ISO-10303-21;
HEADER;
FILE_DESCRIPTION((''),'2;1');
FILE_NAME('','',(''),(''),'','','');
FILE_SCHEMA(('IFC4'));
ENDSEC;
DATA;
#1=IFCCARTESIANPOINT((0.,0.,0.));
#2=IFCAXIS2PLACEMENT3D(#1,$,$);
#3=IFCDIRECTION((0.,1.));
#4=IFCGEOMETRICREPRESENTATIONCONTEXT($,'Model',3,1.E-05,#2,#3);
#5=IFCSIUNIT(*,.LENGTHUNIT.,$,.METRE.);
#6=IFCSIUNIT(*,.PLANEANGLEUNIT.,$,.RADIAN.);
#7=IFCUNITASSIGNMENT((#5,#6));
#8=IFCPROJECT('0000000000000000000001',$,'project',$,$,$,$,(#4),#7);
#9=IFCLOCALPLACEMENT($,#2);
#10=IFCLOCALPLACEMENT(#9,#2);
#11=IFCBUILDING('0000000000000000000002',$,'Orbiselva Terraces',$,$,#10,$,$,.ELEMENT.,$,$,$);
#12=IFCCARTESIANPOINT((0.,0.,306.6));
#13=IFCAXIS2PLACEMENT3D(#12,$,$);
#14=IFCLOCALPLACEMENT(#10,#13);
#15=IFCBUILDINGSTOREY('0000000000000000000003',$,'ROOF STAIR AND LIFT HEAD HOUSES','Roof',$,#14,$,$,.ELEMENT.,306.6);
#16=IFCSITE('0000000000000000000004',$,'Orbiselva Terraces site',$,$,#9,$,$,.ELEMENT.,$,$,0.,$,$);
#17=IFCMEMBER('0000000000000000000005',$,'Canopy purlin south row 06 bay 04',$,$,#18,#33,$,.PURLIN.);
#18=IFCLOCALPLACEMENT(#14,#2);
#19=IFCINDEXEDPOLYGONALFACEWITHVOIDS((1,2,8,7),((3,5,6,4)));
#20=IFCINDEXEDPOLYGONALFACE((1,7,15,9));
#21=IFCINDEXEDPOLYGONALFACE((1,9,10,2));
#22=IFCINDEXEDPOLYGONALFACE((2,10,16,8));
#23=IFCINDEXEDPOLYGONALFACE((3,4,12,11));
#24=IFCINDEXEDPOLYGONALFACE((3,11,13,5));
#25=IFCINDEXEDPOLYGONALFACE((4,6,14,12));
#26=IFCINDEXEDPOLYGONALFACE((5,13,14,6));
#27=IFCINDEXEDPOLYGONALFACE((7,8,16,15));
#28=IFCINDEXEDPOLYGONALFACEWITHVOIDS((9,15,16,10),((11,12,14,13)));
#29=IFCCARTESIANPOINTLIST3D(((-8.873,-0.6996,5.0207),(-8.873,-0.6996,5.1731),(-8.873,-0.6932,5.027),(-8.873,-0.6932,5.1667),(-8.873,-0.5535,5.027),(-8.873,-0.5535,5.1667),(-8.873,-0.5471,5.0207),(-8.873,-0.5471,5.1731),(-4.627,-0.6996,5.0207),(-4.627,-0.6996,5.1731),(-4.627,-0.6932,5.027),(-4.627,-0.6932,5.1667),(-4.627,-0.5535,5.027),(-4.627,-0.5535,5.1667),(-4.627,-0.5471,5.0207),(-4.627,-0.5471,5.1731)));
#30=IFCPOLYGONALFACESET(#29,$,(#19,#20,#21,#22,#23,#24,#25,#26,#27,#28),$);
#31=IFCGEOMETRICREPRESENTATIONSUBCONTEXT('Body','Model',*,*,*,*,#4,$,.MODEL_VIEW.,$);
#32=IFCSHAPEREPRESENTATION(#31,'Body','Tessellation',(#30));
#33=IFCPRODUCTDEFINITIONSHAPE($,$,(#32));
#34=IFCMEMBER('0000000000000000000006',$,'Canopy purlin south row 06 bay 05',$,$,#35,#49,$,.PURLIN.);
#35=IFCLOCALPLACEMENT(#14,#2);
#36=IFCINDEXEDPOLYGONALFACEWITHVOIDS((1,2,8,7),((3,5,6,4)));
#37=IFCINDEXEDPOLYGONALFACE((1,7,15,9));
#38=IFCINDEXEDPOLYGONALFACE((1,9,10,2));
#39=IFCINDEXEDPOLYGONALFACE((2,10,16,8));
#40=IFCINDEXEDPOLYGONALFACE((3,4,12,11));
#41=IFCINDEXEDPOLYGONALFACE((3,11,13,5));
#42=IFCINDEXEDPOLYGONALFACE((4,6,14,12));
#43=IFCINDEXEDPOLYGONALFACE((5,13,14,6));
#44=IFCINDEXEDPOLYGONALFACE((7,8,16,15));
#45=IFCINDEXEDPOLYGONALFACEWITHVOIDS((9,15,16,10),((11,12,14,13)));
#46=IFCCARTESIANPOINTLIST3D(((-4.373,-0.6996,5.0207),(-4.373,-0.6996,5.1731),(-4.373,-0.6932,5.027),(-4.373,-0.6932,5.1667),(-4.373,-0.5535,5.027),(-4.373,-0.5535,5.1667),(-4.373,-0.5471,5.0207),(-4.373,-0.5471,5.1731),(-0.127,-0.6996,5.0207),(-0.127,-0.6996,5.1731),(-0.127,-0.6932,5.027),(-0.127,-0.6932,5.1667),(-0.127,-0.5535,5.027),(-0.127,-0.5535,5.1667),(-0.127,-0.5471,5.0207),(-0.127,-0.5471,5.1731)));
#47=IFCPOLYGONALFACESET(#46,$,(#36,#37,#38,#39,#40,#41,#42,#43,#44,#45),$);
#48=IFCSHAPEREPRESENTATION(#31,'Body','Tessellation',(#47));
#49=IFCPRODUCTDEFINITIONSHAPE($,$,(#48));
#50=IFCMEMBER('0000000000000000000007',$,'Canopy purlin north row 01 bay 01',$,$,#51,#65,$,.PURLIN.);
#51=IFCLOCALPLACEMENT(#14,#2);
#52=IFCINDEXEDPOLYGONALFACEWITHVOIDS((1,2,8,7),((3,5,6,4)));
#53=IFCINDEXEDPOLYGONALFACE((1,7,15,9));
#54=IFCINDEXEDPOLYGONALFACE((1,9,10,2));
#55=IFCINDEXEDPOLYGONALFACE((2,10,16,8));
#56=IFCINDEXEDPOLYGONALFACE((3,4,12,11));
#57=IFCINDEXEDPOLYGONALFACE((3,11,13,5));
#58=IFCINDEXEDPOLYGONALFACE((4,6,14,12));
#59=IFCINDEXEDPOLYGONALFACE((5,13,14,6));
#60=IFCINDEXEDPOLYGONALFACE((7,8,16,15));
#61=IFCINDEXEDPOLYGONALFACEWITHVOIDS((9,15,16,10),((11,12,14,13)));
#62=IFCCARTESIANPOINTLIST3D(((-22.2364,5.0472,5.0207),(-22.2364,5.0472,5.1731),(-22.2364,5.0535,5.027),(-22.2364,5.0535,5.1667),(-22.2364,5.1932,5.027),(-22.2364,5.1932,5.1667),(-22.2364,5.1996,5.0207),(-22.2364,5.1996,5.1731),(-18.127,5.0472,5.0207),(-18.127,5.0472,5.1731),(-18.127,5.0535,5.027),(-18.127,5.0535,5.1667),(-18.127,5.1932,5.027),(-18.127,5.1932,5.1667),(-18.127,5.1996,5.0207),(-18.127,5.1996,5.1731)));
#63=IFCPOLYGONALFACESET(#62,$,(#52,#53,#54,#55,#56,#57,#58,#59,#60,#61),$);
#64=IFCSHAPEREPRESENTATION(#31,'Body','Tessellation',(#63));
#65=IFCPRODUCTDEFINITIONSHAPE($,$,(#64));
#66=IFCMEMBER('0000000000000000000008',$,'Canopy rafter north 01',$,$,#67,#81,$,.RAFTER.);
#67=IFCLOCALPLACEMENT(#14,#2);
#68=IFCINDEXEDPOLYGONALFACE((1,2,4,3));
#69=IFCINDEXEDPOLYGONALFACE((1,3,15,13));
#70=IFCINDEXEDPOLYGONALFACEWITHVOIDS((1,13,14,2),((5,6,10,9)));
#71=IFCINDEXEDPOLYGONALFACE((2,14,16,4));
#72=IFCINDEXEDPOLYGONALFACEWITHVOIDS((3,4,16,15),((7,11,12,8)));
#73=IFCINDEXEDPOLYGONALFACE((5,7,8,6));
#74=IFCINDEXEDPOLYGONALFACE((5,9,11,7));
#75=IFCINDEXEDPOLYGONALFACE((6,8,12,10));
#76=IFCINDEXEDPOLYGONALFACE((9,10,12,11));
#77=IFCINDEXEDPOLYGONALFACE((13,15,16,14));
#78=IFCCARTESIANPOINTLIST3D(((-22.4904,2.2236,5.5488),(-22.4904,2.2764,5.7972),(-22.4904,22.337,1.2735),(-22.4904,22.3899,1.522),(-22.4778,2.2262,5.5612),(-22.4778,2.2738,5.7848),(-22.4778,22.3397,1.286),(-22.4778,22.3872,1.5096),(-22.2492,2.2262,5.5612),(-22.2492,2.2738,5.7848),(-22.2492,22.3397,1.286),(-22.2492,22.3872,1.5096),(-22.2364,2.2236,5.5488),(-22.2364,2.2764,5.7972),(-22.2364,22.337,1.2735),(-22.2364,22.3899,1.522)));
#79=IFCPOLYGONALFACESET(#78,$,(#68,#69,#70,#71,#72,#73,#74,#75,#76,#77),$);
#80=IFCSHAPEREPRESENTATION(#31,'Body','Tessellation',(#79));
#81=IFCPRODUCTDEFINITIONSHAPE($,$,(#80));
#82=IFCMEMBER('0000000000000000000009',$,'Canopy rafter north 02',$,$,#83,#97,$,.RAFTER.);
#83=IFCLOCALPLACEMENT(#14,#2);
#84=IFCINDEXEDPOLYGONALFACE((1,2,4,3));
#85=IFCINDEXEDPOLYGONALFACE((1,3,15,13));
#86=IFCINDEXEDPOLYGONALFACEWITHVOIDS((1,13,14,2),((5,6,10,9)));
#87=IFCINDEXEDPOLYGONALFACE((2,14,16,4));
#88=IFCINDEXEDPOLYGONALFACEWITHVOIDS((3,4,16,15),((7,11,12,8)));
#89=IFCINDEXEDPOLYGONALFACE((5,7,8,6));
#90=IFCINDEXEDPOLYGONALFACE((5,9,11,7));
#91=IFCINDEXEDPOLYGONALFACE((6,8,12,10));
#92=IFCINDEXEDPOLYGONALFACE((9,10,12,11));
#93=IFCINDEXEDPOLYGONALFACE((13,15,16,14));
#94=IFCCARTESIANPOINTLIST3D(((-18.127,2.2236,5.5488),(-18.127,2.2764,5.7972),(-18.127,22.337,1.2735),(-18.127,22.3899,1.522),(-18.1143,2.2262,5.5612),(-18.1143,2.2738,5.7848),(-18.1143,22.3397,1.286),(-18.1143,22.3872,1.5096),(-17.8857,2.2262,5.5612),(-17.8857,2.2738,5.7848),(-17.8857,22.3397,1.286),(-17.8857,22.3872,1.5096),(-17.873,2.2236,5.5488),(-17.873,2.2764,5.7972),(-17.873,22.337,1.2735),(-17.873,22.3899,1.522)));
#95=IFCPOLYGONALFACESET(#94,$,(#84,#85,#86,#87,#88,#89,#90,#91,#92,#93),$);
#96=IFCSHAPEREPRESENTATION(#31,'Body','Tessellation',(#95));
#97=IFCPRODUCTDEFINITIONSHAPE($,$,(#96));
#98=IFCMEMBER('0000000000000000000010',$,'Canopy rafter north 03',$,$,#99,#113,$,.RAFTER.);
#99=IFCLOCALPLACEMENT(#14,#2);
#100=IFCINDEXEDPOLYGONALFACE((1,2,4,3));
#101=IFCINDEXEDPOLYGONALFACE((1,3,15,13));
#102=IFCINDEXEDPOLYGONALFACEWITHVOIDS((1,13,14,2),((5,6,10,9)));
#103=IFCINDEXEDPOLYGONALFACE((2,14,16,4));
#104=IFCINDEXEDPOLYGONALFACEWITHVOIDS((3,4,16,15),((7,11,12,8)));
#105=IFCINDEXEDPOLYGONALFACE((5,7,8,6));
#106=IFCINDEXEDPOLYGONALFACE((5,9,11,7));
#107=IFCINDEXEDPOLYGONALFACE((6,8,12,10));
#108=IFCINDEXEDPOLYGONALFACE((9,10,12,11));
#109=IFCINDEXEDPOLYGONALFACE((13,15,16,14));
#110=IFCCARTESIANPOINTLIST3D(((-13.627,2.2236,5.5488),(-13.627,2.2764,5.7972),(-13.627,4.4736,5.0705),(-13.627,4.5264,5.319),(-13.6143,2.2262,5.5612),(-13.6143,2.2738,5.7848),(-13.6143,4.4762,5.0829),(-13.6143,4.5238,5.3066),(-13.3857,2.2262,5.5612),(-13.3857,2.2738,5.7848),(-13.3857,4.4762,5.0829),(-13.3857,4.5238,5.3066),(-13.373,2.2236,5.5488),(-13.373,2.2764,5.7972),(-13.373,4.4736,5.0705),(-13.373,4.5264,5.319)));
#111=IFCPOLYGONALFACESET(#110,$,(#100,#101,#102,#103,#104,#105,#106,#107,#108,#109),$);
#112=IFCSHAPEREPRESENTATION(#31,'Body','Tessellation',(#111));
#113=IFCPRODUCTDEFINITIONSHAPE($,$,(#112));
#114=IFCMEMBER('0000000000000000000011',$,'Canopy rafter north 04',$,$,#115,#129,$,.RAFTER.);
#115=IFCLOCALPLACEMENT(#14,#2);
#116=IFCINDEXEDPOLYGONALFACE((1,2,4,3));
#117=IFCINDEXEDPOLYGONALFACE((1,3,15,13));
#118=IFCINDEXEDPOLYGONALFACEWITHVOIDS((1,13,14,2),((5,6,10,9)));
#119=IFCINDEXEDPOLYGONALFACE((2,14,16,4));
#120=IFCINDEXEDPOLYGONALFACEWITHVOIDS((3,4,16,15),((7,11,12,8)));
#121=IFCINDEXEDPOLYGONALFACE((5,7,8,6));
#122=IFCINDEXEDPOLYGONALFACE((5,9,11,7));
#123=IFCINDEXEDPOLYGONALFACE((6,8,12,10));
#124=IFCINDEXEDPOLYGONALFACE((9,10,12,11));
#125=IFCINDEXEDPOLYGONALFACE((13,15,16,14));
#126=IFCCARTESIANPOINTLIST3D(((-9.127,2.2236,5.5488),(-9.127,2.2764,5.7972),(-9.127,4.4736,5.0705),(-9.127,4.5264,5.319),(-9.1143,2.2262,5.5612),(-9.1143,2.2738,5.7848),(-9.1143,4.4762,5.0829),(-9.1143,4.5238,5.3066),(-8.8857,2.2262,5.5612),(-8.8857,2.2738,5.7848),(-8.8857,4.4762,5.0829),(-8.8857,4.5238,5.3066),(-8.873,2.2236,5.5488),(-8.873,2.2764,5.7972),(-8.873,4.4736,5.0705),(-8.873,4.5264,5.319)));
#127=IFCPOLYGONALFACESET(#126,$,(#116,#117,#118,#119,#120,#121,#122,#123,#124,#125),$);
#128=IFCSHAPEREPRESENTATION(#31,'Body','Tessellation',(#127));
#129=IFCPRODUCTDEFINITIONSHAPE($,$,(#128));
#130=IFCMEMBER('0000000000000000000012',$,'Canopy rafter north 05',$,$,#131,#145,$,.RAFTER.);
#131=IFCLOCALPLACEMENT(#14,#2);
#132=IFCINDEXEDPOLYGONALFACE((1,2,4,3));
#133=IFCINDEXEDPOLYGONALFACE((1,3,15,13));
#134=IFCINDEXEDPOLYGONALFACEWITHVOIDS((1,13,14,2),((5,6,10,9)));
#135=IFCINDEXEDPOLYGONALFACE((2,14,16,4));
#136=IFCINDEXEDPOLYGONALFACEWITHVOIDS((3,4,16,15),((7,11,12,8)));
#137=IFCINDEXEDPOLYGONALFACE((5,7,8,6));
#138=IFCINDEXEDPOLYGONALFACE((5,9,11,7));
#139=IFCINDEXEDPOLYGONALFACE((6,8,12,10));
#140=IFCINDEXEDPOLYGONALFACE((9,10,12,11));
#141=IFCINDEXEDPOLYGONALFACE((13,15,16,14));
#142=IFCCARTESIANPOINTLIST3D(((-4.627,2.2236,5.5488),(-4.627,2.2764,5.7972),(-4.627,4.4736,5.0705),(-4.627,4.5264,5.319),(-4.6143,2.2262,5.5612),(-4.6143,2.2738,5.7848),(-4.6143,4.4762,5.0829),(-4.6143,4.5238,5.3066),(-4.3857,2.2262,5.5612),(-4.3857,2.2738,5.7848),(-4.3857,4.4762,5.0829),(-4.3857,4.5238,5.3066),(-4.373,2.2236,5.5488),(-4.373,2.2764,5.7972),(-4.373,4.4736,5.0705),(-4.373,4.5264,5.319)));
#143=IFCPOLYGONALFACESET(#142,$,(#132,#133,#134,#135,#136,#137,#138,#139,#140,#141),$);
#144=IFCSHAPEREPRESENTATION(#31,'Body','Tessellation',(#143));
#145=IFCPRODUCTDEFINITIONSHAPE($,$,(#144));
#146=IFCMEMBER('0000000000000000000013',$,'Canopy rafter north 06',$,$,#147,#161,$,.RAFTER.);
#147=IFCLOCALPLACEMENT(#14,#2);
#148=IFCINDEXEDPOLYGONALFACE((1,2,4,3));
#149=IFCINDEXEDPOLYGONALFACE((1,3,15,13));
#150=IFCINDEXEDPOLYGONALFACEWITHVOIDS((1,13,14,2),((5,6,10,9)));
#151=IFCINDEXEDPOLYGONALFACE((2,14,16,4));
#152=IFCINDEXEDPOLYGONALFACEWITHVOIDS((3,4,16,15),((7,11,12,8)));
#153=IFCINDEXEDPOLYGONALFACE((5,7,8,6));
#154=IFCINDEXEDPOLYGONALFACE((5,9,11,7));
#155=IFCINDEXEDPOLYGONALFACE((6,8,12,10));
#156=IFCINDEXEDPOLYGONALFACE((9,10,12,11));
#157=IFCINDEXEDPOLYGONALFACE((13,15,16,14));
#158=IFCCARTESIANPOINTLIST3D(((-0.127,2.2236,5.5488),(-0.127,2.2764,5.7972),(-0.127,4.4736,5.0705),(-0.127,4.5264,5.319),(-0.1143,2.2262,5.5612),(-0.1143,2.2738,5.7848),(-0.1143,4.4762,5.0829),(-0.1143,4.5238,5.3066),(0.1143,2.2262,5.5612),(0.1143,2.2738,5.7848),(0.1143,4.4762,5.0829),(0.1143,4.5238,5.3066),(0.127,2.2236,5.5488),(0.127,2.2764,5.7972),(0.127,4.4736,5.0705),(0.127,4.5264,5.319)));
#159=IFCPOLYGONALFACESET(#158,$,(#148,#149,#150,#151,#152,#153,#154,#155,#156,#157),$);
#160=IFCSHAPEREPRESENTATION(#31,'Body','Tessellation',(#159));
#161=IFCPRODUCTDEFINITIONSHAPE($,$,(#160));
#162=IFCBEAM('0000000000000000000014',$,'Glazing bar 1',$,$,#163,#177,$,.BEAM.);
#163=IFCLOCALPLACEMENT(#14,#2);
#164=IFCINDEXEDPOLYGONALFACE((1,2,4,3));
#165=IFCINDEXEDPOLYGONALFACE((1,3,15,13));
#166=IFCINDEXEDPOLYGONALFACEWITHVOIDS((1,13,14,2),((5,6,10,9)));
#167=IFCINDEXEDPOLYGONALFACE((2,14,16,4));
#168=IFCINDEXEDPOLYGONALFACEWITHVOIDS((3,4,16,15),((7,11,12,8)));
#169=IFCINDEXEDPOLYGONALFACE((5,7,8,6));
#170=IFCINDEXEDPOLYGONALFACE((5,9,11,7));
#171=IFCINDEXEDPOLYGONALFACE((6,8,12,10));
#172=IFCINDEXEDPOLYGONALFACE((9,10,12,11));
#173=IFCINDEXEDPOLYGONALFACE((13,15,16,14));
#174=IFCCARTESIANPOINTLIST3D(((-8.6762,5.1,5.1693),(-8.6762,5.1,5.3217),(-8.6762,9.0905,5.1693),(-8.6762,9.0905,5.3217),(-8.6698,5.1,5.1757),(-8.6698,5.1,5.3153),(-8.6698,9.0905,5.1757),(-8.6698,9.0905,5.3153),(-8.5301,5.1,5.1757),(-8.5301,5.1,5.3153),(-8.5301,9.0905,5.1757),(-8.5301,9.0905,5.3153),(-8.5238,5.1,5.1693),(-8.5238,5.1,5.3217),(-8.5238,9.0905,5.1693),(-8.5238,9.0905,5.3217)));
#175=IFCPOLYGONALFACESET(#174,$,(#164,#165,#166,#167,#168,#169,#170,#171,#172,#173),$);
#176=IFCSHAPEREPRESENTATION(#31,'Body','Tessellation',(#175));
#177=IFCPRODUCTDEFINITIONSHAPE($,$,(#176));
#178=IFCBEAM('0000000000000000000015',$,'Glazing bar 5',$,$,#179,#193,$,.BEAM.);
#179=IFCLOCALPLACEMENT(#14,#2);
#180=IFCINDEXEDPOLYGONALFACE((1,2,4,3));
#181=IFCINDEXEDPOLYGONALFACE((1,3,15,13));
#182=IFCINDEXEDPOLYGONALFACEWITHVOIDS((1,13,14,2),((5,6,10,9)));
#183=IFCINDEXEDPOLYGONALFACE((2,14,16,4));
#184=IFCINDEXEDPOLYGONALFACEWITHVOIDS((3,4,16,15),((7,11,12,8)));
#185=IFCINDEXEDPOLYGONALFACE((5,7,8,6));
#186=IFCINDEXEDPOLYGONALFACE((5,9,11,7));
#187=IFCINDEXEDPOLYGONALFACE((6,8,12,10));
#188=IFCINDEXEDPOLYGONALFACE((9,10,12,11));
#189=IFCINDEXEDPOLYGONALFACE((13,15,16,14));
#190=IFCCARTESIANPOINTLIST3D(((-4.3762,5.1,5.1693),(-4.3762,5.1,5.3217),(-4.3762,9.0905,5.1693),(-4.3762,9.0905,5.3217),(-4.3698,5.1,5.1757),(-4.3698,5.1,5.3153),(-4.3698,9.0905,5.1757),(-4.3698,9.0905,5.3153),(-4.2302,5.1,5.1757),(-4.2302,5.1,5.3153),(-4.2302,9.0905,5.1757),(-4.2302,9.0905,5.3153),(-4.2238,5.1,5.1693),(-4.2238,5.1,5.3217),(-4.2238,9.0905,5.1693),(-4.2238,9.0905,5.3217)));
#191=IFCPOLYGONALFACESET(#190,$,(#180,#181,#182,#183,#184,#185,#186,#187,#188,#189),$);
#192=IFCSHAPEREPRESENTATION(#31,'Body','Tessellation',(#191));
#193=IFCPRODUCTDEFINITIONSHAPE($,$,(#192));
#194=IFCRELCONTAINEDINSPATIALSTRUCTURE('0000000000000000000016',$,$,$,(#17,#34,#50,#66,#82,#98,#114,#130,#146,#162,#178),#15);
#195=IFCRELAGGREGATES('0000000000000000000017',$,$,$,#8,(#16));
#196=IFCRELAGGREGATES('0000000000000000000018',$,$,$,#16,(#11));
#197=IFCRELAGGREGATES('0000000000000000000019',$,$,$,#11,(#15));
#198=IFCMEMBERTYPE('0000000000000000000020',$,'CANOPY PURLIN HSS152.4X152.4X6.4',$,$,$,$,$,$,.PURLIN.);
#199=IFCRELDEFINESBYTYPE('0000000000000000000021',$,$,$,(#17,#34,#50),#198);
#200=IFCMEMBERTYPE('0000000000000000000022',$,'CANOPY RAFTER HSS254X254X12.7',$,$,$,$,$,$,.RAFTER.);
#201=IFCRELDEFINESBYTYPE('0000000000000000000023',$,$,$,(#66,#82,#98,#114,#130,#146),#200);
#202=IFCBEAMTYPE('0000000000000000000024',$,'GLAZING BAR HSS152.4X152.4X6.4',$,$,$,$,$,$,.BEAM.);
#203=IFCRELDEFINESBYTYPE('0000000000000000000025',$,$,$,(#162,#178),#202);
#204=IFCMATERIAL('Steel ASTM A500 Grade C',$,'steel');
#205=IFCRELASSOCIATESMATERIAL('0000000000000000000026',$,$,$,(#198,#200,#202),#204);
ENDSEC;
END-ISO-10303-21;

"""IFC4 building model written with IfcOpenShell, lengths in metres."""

from ifc_helpers import new_model, si_unit, direction, frame, origin, origin_2d, place, context, subcontext, project, spatial, hollow_rectangle, extrude, material, material_profile, profile_set, type_object, element, save


model = new_model("IFC4")

# Units and contexts
model_context = context("Model", 3, precision=1e-05, world=origin(), true_north=direction((0.0, 1.0)))
body_context = subcontext(model_context, "Body", "Model", "MODEL_VIEW")
ifc_project = project(units=[si_unit("LENGTHUNIT", "METRE"), si_unit("PLANEANGLEUNIT", "RADIAN")], contexts=[model_context])

# Site, building, storey
site_placement = place(None, origin())
site = spatial("IfcSite", under=ifc_project, at=site_placement, Name="Orbiselva Terraces site", CompositionType="ELEMENT", RefElevation=0.0)
building_placement = place(site_placement, origin())
building = spatial("IfcBuilding", under=site, at=building_placement, Name="Orbiselva Terraces", CompositionType="ELEMENT")
storey_placement = place(building_placement, frame((0.0, 0.0, 306.6)))
storey = spatial("IfcBuildingStorey", under=building, at=storey_placement, Name="ROOF STAIR AND LIFT HEAD HOUSES", Description="Roof", CompositionType="ELEMENT", Elevation=306.6)

# Shared definitions
ifc_material = material(Name="Steel ASTM A500 Grade C", Category="steel")

# Members
ifc_material_profile_1 = material_profile(ifc_material, hollow_rectangle(XDim=0.1524, YDim=0.1524, WallThickness=0.0063, at=origin_2d()), Name="HSS152.4X152.4X6.4")
ifc_profile_set_1 = profile_set([ifc_material_profile_1], Name="Steel ASTM A500 Grade C")
member_type_1 = type_object("IfcMemberType", Name="CANOPY PURLIN HSS152.4X152.4X6.4", PredefinedType="PURLIN", material=ifc_profile_set_1)
for number, where, z_axis, x_axis, name in (
    (1, (-8.873, -0.6233, 5.0969), (1.0, 0.0, 0.0), (0.0, 1.0, 0.0), "Canopy purlin south row 06 bay 04"),
    (2, (-4.373, -0.6233, 5.0969), (1.0, 0.0, 0.0), (0.0, 1.0, 0.0), "Canopy purlin south row 06 bay 05"),
):
    element("IfcMember", number, at=place(storey_placement, frame(where, z_axis=z_axis, x_axis=x_axis)), inside=storey, type_object=member_type_1, Name=name, PredefinedType="PURLIN", context=body_context, shape_type="SweptSolid", body=[
        extrude(hollow_rectangle(XDim=0.1524, YDim=0.1524, WallThickness=0.0063, at=origin_2d()), origin(), (0.0, 0.0, 1.0), 4.246),
    ])
member_1_placement = place(storey_placement, frame((-22.2365, 5.1234, 5.0969), z_axis=(1.0, 0.0, 0.0), x_axis=(0.0, 1.0, 0.0)))
element("IfcMember", 3, at=member_1_placement, inside=storey, type_object=member_type_1, Name="Canopy purlin north row 01 bay 01", PredefinedType="PURLIN", context=body_context, shape_type="SweptSolid", body=[
    extrude(hollow_rectangle(XDim=0.1524, YDim=0.1524, WallThickness=0.0063, at=origin_2d()), origin(), (0.0, 0.0, 1.0), 4.1094),
])
ifc_material_profile_2 = material_profile(ifc_material, hollow_rectangle(XDim=0.254, YDim=0.254, WallThickness=0.0127, at=origin_2d()), Name="HSS254X254X12.7")
ifc_profile_set_2 = profile_set([ifc_material_profile_2], Name="Steel ASTM A500 Grade C")
member_type_2 = type_object("IfcMemberType", Name="CANOPY RAFTER HSS254X254X12.7", PredefinedType="RAFTER", material=ifc_profile_set_2)
for number, where, z_axis, x_axis, name in (
    (4, (-22.3635, 2.25, 5.673), (0.0, 0.978148, -0.207912), (-1.0, 0.0, 0.0), "Canopy rafter north 01"),
    (5, (-18.0, 2.25, 5.673), (0.0, 0.978148, -0.207912), (-1.0, 0.0, 0.0), "Canopy rafter north 02"),
):
    element("IfcMember", number, at=place(storey_placement, frame(where, z_axis=z_axis, x_axis=x_axis)), inside=storey, type_object=member_type_2, Name=name, PredefinedType="RAFTER", context=body_context, shape_type="SweptSolid", body=[
        extrude(hollow_rectangle(XDim=0.254, YDim=0.254, WallThickness=0.0127, at=origin_2d()), origin(), (0.0, 0.0, 1.0), 20.5628),
    ])
for number, where, z_axis, x_axis, name in (
    (6, (-13.5, 2.25, 5.673), (0.0, 0.978148, -0.207912), (-1.0, 0.0, 0.0), "Canopy rafter north 03"),
    (7, (-9.0, 2.25, 5.673), (0.0, 0.978148, -0.207912), (-1.0, 0.0, 0.0), "Canopy rafter north 04"),
    (8, (-4.5, 2.25, 5.673), (0.0, 0.978148, -0.207912), (-1.0, 0.0, 0.0), "Canopy rafter north 05"),
    (9, (0.0, 2.25, 5.673), (0.0, 0.978148, -0.207912), (-1.0, 0.0, 0.0), "Canopy rafter north 06"),
):
    element("IfcMember", number, at=place(storey_placement, frame(where, z_axis=z_axis, x_axis=x_axis)), inside=storey, type_object=member_type_2, Name=name, PredefinedType="RAFTER", context=body_context, shape_type="SweptSolid", body=[
        extrude(hollow_rectangle(XDim=0.254, YDim=0.254, WallThickness=0.0127, at=origin_2d()), origin(), (0.0, 0.0, 1.0), 2.3003),
    ])

# Beams
ifc_material_profile_3 = material_profile(ifc_material, hollow_rectangle(XDim=0.1524, YDim=0.1524, WallThickness=0.0063, at=origin_2d()), Name="HSS152.4X152.4X6.4")
ifc_profile_set_3 = profile_set([ifc_material_profile_3], Name="Steel ASTM A500 Grade C")
beam_type_1 = type_object("IfcBeamType", Name="GLAZING BAR HSS152.4X152.4X6.4", PredefinedType="BEAM", material=ifc_profile_set_3)
for number, where, z_axis, x_axis, name in (
    (10, (-8.6, 5.1, 5.2455), (0.0, 1.0, 0.0), (-1.0, 0.0, 0.0), "Glazing bar 1"),
    (11, (-4.3, 5.1, 5.2455), (0.0, 1.0, 0.0), (-1.0, 0.0, 0.0), "Glazing bar 5"),
):
    element("IfcBeam", number, at=place(storey_placement, frame(where, z_axis=z_axis, x_axis=x_axis)), inside=storey, type_object=beam_type_1, Name=name, PredefinedType="BEAM", context=body_context, shape_type="SweptSolid", body=[
        extrude(hollow_rectangle(XDim=0.1524, YDim=0.1524, WallThickness=0.0063, at=origin_2d()), origin(), (0.0, 0.0, 1.0), 3.9905),
    ])

save(model, "model.ifc")
